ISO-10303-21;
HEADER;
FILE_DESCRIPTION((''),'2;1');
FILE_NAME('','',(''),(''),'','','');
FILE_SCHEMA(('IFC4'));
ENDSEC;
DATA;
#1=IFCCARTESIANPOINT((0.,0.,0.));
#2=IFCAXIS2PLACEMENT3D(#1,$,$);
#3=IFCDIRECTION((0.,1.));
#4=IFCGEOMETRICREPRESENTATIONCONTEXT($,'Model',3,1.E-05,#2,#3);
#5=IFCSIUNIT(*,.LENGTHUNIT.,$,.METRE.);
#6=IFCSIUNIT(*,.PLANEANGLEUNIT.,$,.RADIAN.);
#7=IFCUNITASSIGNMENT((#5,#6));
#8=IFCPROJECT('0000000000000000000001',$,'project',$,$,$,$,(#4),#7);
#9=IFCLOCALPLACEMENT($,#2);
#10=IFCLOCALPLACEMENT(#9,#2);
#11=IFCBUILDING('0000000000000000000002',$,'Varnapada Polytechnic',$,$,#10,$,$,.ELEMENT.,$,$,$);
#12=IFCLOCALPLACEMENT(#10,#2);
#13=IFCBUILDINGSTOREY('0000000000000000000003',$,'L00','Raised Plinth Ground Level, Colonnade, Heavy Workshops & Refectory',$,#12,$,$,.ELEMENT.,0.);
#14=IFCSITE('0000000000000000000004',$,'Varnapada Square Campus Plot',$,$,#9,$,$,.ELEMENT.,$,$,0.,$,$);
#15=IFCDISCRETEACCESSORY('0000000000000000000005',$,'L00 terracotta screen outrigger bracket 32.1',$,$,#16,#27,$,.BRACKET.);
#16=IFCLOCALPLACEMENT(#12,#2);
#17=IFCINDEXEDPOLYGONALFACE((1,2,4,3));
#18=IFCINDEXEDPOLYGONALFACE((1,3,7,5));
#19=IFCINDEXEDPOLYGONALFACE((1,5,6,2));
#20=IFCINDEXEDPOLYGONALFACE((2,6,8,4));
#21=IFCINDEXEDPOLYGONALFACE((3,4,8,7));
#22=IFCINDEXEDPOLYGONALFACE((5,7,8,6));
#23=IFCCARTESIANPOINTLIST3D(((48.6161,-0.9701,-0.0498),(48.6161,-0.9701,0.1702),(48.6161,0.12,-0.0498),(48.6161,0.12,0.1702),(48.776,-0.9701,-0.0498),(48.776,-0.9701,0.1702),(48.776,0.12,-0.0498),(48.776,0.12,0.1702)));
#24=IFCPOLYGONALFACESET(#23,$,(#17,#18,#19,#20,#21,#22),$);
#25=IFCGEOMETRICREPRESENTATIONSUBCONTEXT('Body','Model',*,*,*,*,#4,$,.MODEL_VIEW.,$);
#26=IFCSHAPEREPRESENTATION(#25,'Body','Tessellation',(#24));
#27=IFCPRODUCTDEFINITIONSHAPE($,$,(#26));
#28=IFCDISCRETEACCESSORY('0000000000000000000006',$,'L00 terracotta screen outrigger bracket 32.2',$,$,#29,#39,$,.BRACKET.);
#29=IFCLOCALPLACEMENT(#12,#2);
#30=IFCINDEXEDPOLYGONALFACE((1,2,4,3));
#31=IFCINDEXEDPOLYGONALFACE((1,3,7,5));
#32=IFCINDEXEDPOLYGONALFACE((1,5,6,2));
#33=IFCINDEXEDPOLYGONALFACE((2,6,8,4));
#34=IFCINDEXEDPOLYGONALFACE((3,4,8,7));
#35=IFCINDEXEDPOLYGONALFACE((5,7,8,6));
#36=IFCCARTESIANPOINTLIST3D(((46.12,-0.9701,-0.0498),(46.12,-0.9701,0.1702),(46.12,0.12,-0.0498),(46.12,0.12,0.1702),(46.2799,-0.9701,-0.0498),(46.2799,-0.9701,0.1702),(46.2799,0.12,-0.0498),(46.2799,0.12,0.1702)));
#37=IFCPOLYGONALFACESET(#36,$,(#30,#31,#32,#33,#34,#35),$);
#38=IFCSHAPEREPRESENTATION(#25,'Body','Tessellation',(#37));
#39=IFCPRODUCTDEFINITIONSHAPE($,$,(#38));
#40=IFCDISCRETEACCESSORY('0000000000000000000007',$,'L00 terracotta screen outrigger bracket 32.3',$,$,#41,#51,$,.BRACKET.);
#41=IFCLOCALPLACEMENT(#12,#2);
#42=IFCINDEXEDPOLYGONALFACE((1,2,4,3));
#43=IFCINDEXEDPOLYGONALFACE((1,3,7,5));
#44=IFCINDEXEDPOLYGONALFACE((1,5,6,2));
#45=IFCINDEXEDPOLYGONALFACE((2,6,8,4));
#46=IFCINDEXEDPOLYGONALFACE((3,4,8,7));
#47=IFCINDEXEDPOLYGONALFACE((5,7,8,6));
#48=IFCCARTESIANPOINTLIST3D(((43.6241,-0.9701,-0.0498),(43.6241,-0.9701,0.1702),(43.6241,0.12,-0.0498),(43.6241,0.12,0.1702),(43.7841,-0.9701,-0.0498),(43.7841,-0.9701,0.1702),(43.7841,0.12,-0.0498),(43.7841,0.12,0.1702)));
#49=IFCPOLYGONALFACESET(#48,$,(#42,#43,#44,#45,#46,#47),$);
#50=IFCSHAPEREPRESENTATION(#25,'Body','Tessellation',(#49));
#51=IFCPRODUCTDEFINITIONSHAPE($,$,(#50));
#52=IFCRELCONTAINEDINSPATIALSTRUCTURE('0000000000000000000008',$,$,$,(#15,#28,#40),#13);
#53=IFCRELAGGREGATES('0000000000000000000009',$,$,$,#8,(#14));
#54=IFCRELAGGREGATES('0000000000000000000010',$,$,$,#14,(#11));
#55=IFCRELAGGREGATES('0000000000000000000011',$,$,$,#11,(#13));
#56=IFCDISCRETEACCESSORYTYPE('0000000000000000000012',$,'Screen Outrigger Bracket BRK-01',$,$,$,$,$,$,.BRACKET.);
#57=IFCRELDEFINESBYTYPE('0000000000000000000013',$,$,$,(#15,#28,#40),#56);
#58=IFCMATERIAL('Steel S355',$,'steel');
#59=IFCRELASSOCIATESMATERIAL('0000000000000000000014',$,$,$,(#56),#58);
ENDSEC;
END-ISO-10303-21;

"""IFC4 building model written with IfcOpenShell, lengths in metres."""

from ifc_helpers import new_model, si_unit, direction, frame, origin, origin_2d, place, context, subcontext, project, spatial, rectangle, extrude, material, type_object, element, save


model = new_model("IFC4")

# Units and contexts
model_context = context("Model", 3, precision=1e-05, world=origin(), true_north=direction((0.0, 1.0)))
body_context = subcontext(model_context, "Body", "Model", "MODEL_VIEW")
ifc_project = project(units=[si_unit("LENGTHUNIT", "METRE"), si_unit("PLANEANGLEUNIT", "RADIAN")], contexts=[model_context])

# Site, building, storey
site_placement = place(None, origin())
site = spatial("IfcSite", under=ifc_project, at=site_placement, Name="Varnapada Square Campus Plot", CompositionType="ELEMENT", RefElevation=0.0)
building_placement = place(site_placement, origin())
building = spatial("IfcBuilding", under=site, at=building_placement, Name="Varnapada Polytechnic", CompositionType="ELEMENT")
storey_placement = place(building_placement, origin())
storey = spatial("IfcBuildingStorey", under=building, at=storey_placement, Name="L00", Description="Raised Plinth Ground Level, Colonnade, Heavy Workshops & Refectory", CompositionType="ELEMENT", Elevation=0.0)

# Discrete accessories
ifc_material_1 = material(Name="Steel S355", Category="steel")
discrete_accessory_type = type_object("IfcDiscreteAccessoryType", Name="Screen Outrigger Bracket BRK-01", PredefinedType="BRACKET", material=ifc_material_1)
for number, where, z_axis, x_axis, name in (
    (1, (48.696, -0.425, -0.0498), (0.0, 0.0, 1.0), (-1.0, 0.0, 0.0), "L00 terracotta screen outrigger bracket 32.1"),
    (2, (46.2, -0.425, -0.0498), (0.0, 0.0, 1.0), (-1.0, 0.0, 0.0), "L00 terracotta screen outrigger bracket 32.2"),
    (3, (43.7041, -0.425, -0.0498), (0.0, 0.0, 1.0), (-1.0, 0.0, 0.0), "L00 terracotta screen outrigger bracket 32.3"),
):
    element("IfcDiscreteAccessory", number, at=place(storey_placement, frame(where, z_axis=z_axis, x_axis=x_axis)), inside=storey, type_object=discrete_accessory_type, Name=name, PredefinedType="BRACKET", context=body_context, shape_type="SweptSolid", body=[
        extrude(rectangle(XDim=0.1599, YDim=1.0901, at=origin_2d()), origin(), (0.0, 0.0, 1.0), 0.22),
    ])

save(model, "model.ifc")
